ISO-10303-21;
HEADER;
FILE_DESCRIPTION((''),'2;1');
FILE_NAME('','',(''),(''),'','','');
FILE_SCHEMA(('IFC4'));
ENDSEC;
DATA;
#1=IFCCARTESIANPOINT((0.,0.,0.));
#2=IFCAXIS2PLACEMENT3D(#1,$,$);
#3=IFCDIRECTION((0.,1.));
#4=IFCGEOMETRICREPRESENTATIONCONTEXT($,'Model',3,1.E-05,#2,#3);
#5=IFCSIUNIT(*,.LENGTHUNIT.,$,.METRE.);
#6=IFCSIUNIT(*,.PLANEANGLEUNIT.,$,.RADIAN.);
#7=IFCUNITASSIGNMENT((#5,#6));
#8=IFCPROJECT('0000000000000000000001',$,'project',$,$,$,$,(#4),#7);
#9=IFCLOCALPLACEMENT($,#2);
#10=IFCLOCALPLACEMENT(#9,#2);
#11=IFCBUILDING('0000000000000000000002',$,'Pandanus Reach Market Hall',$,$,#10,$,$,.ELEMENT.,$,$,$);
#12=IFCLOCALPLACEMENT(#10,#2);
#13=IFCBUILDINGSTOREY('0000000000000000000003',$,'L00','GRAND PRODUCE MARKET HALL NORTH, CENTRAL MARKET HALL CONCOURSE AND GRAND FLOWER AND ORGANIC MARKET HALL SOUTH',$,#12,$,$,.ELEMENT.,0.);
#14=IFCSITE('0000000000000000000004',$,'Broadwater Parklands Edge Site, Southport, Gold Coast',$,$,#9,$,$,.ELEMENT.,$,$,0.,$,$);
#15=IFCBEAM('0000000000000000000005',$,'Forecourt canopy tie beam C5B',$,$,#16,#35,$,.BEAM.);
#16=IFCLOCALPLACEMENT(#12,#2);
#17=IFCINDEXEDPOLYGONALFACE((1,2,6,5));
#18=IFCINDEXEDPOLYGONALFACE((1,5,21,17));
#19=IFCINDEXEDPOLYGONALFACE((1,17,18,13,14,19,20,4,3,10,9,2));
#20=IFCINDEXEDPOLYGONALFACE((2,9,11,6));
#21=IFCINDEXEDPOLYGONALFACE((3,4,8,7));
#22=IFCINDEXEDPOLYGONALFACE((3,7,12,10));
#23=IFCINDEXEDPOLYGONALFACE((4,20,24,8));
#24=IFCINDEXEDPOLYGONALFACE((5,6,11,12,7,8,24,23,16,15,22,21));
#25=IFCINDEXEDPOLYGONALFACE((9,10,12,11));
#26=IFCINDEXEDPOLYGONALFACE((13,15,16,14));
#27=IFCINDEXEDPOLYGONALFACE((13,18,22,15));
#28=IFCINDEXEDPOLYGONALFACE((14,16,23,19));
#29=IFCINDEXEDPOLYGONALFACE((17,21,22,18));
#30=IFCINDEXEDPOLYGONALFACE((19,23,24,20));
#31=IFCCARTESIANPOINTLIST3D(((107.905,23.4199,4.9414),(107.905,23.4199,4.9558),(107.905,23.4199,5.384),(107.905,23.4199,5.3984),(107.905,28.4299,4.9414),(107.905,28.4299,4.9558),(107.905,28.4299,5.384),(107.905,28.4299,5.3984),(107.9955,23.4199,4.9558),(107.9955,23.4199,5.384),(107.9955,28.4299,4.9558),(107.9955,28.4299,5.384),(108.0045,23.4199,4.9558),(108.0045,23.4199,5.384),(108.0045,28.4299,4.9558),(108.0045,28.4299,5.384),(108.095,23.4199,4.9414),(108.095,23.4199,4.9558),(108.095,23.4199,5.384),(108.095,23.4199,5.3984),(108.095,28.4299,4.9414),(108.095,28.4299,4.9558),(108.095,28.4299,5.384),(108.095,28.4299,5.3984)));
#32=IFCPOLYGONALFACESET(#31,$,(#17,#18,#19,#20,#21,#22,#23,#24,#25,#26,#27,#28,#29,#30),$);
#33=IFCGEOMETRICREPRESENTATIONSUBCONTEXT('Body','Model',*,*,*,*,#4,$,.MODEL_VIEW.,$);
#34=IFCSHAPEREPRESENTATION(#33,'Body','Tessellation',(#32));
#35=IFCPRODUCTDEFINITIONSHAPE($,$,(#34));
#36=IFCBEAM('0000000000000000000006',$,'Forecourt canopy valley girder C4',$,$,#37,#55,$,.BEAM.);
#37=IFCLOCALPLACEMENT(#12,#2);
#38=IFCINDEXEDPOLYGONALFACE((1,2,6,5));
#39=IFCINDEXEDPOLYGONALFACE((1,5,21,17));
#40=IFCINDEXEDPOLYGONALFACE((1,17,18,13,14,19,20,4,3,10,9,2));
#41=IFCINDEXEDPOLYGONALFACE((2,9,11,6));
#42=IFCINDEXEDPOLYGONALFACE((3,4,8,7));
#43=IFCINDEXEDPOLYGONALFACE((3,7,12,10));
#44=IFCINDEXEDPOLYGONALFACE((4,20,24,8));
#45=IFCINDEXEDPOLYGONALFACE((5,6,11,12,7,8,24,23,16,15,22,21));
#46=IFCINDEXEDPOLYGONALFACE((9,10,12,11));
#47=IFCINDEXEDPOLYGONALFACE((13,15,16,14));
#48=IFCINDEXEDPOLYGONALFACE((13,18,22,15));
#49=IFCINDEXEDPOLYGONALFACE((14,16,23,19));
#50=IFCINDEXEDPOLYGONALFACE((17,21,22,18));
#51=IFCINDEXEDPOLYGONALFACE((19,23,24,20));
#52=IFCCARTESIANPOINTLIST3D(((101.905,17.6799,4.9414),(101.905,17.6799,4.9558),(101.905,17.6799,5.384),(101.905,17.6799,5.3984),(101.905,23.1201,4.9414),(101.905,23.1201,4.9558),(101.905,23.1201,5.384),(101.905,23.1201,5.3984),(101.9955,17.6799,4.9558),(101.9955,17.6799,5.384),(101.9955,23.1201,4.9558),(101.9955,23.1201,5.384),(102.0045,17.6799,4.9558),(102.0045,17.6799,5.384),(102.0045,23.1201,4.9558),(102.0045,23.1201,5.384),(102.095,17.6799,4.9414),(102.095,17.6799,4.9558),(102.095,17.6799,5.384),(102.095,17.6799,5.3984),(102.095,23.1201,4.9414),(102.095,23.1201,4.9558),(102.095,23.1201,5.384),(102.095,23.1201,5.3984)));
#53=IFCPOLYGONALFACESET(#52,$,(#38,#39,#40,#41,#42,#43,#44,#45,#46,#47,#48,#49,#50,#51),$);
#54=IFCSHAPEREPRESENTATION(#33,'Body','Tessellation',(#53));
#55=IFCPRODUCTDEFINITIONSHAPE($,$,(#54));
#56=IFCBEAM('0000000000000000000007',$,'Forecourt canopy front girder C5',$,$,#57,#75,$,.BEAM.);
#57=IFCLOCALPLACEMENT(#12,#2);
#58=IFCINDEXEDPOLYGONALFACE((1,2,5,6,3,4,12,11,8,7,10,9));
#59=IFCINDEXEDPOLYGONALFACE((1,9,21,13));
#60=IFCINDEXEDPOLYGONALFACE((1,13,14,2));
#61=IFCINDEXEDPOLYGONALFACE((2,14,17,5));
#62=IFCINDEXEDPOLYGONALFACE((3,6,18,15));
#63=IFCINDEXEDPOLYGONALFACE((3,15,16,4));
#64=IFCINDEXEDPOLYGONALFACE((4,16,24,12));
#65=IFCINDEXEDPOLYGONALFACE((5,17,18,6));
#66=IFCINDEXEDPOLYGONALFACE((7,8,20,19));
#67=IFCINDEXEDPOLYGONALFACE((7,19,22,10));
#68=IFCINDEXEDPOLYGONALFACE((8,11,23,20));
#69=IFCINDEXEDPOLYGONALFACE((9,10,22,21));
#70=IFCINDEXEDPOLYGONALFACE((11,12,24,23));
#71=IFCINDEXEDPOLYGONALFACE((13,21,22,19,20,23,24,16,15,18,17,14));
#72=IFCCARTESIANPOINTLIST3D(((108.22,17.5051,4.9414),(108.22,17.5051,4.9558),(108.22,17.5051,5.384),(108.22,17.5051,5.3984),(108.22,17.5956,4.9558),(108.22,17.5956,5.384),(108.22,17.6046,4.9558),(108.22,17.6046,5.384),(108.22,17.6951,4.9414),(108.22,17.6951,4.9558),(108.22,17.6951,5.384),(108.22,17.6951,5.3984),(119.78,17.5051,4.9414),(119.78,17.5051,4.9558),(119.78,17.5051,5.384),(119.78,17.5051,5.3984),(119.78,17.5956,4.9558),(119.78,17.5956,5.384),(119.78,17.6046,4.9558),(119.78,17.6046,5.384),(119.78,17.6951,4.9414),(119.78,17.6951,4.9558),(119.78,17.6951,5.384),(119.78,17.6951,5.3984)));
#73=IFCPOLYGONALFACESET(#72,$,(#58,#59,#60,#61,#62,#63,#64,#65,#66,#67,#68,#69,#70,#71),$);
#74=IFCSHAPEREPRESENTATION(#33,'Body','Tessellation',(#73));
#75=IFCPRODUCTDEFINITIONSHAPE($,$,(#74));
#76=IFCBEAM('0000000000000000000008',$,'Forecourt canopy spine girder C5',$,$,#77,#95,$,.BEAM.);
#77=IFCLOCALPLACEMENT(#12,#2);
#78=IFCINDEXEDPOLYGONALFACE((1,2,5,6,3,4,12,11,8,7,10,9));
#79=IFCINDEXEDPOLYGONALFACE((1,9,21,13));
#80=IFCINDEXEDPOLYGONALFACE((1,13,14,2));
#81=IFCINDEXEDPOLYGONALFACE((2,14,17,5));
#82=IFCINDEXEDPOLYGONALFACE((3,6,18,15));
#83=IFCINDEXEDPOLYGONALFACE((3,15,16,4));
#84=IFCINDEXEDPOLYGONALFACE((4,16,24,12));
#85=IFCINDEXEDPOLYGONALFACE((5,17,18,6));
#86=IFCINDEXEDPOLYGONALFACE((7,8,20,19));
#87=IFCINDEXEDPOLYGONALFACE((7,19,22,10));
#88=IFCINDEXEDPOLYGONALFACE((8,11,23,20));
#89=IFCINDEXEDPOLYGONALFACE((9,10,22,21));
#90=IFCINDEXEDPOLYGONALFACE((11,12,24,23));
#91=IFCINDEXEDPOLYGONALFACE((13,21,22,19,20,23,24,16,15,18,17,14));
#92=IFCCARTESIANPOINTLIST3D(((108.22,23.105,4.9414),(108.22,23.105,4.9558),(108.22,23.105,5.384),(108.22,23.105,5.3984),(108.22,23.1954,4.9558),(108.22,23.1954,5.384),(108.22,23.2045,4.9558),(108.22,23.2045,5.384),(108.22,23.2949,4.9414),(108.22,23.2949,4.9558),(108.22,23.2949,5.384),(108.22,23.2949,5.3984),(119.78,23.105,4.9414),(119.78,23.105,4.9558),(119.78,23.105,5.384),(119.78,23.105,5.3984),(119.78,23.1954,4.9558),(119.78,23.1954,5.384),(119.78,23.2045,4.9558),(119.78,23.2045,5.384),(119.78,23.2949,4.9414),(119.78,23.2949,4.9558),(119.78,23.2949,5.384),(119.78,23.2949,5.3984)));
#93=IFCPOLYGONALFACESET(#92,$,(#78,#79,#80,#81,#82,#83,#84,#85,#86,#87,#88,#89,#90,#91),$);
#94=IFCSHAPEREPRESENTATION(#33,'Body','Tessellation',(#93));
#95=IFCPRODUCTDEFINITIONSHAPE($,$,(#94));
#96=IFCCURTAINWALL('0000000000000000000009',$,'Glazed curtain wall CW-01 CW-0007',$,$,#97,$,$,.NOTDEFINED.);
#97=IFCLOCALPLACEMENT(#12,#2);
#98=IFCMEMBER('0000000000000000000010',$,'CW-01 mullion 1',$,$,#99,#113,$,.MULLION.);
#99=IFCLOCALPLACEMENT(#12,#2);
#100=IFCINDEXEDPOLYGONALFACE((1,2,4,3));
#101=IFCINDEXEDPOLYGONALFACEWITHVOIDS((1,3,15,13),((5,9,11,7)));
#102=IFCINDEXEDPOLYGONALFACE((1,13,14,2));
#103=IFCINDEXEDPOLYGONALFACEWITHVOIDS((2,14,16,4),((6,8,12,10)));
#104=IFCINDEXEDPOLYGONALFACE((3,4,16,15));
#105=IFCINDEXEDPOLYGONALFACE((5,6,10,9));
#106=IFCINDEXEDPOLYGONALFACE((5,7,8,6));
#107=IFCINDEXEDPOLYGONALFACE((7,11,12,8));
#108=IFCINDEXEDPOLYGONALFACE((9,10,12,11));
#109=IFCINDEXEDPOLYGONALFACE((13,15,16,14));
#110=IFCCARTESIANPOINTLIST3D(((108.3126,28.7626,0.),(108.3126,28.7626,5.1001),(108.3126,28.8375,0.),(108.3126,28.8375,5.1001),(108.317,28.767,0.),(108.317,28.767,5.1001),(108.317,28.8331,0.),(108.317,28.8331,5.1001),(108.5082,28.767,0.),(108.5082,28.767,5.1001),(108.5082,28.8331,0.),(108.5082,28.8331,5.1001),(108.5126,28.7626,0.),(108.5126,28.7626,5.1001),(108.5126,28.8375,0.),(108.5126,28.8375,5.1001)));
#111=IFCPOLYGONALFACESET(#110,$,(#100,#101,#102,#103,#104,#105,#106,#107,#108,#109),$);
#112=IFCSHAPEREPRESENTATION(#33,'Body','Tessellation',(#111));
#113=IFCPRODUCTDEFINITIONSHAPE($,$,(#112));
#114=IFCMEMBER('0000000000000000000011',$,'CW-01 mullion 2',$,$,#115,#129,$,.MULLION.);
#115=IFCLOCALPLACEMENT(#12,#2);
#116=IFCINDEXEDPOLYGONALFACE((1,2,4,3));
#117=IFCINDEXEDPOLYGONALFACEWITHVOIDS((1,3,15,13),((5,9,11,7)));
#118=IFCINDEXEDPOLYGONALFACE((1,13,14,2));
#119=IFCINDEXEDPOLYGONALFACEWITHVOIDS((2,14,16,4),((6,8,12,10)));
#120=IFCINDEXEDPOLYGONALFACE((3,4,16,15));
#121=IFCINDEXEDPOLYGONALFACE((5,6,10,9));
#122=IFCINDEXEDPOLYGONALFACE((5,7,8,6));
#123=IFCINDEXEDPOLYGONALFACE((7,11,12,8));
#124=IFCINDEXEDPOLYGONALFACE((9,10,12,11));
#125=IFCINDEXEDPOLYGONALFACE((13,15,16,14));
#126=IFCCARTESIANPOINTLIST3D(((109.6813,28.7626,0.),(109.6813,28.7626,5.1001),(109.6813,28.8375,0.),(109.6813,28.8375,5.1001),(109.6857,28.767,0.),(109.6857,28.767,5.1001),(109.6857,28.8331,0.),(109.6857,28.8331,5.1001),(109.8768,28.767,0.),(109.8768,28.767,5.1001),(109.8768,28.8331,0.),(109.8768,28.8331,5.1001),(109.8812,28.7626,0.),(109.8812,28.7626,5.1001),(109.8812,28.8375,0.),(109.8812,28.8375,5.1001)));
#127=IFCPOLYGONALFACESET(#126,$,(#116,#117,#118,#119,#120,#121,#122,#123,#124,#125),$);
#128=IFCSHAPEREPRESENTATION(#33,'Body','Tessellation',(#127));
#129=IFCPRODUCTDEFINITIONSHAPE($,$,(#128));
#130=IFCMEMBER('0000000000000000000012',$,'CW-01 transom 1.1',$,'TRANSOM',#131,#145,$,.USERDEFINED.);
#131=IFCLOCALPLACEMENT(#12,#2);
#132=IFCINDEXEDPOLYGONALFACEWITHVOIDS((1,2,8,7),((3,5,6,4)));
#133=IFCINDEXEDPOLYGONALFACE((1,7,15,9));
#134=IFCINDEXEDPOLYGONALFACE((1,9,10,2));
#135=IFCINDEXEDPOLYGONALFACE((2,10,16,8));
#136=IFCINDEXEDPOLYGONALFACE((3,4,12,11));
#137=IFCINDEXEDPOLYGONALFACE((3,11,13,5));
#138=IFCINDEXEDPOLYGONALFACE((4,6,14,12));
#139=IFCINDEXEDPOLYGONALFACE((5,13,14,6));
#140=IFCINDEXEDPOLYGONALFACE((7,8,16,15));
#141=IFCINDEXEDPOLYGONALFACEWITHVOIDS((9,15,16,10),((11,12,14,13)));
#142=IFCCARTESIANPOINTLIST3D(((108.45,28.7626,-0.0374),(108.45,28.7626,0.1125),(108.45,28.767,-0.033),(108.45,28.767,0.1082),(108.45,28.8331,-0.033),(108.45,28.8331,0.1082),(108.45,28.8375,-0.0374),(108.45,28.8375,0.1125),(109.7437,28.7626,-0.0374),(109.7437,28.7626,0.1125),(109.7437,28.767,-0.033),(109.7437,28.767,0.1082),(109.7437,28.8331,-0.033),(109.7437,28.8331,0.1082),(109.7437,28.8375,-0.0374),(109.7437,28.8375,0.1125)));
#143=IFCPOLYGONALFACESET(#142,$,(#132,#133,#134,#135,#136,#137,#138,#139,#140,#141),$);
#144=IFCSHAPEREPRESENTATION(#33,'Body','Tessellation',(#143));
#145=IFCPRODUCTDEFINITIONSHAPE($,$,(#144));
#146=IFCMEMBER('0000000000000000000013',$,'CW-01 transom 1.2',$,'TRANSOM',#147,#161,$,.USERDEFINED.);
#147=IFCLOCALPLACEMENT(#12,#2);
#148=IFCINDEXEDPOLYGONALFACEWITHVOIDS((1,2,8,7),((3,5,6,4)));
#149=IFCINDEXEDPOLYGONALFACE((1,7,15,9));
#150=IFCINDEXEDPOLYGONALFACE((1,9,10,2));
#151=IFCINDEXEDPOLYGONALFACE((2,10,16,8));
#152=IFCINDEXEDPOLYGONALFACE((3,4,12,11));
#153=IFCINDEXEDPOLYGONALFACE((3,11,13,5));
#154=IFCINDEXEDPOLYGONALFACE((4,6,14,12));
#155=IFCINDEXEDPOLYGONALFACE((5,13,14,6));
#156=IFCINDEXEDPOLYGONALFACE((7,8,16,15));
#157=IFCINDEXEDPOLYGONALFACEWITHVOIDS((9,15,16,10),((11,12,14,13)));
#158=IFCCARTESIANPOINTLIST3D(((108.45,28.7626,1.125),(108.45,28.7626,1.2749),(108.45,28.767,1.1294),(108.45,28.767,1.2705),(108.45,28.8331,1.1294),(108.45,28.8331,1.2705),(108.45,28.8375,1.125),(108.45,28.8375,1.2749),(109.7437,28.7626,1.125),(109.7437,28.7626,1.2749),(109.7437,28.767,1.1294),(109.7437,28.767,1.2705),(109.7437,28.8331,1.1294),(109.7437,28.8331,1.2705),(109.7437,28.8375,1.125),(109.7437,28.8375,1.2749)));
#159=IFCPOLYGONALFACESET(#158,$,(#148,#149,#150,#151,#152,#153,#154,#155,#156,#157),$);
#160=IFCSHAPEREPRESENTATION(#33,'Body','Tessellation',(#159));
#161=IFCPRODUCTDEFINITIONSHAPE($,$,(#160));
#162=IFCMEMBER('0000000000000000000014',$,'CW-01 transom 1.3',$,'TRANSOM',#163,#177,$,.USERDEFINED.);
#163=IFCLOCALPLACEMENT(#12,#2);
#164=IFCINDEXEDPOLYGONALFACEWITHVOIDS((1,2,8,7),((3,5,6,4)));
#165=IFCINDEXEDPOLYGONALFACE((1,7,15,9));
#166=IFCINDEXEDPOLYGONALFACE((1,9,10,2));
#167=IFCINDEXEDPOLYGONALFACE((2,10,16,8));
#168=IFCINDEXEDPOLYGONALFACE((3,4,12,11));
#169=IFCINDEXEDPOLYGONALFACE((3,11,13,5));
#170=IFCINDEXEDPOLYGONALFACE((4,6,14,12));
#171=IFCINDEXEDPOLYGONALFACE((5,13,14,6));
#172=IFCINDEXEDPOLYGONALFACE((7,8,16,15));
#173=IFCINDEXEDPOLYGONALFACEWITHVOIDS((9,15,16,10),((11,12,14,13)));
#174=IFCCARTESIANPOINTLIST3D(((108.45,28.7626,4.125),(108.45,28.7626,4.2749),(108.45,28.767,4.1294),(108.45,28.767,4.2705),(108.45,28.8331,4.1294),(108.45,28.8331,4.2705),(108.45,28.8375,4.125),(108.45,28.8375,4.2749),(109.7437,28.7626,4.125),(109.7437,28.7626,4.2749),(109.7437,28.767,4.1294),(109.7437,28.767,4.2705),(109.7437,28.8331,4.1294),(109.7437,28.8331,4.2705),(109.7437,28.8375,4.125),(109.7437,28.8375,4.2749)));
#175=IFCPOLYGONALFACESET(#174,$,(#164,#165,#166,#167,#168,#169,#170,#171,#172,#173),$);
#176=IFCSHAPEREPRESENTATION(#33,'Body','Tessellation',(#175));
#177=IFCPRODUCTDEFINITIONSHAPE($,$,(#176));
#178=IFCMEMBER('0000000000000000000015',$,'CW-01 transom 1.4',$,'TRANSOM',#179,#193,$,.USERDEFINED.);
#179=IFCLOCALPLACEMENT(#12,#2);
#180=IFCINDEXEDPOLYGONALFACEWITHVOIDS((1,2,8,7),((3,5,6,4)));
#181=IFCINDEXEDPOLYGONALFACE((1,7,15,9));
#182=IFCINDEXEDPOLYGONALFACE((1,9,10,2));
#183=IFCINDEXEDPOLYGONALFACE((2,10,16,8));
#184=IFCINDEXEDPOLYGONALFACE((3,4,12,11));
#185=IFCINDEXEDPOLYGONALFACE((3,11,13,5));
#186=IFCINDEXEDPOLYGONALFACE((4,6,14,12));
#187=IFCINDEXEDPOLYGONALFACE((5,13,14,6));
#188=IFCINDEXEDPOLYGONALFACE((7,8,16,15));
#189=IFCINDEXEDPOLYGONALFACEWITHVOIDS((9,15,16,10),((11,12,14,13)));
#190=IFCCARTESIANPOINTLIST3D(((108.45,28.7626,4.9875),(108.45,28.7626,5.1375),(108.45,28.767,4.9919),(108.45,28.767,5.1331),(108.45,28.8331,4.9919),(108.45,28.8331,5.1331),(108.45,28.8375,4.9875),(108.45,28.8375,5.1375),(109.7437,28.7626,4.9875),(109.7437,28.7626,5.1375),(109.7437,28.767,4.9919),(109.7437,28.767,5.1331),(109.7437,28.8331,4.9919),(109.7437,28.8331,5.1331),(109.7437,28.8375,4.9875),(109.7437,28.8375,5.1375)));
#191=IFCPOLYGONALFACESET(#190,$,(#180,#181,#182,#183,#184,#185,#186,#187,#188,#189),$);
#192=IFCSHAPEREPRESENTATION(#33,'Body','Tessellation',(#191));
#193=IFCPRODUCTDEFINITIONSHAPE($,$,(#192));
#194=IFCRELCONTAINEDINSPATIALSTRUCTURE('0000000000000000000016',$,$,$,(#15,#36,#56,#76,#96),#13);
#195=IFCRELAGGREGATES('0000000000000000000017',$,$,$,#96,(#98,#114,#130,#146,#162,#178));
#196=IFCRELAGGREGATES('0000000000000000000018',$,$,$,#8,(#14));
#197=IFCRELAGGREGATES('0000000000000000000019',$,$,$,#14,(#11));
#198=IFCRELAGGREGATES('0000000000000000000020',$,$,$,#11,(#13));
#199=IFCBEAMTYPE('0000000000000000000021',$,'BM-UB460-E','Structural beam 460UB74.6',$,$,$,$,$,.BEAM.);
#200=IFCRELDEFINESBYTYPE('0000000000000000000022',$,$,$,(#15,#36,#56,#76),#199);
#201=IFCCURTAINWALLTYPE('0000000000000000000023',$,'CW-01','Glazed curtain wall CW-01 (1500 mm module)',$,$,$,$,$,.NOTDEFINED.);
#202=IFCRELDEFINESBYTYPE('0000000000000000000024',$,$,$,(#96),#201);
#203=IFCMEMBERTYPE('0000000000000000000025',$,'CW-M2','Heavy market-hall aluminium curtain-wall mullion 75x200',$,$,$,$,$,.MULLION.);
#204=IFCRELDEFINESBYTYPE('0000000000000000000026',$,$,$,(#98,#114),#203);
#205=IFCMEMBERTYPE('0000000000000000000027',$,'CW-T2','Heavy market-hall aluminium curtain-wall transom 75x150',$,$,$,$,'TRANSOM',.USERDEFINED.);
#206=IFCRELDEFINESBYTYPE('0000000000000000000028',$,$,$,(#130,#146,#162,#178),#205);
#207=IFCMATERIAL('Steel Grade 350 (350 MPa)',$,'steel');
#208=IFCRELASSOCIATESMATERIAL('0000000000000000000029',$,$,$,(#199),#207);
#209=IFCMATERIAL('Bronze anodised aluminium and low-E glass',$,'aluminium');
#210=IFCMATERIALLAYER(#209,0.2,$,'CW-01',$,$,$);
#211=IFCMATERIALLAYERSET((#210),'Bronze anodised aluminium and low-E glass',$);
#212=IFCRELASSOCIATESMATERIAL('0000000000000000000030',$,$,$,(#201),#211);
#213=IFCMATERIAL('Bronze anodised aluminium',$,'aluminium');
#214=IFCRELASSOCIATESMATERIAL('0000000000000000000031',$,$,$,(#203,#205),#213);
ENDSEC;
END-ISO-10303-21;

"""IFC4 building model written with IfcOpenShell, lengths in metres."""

from ifc_helpers import new_model, si_unit, direction, frame, origin, origin_2d, place, context, subcontext, project, spatial, hollow_rectangle, i_section, extrude, material, layer, layer_set, material_profile, profile_set, type_object, element, aggregate, save


model = new_model("IFC4")

# Units and contexts
model_context = context("Model", 3, precision=1e-05, world=origin(), true_north=direction((0.0, 1.0)))
body_context = subcontext(model_context, "Body", "Model", "MODEL_VIEW")
ifc_project = project(units=[si_unit("LENGTHUNIT", "METRE"), si_unit("PLANEANGLEUNIT", "RADIAN")], contexts=[model_context])

# Site, building, storey
site_placement = place(None, origin())
site = spatial("IfcSite", under=ifc_project, at=site_placement, Name="Broadwater Parklands Edge Site, Southport, Gold Coast", CompositionType="ELEMENT", RefElevation=0.0)
building_placement = place(site_placement, origin())
building = spatial("IfcBuilding", under=site, at=building_placement, Name="Pandanus Reach Market Hall", CompositionType="ELEMENT")
storey_placement = place(building_placement, origin())
storey = spatial("IfcBuildingStorey", under=building, at=storey_placement, Name="L00", Description="GRAND PRODUCE MARKET HALL NORTH, CENTRAL MARKET HALL CONCOURSE AND GRAND FLOWER AND ORGANIC MARKET HALL SOUTH", CompositionType="ELEMENT", Elevation=0.0)

# Beams
ifc_material_1 = material(Name="Steel Grade 350 (350 MPa)", Category="steel")
ifc_material_profile_1 = material_profile(ifc_material_1, i_section(OverallWidth=0.1899, OverallDepth=0.457, WebThickness=0.009, FlangeThickness=0.0144, at=origin_2d()), Name="460UB74.6", Category="LoadBearing")
ifc_profile_set_1 = profile_set([ifc_material_profile_1], Name="Steel Grade 350 (350 MPa)")
beam_type_1 = type_object("IfcBeamType", Name="BM-UB460-E", Description="Structural beam 460UB74.6", PredefinedType="BEAM", material=ifc_profile_set_1)
beam_1_placement = place(storey_placement, frame((108.0, 23.4199, 5.1699), z_axis=(0.0, 1.0, 0.0), x_axis=(-1.0, 0.0, 0.0)))
element("IfcBeam", 1, at=beam_1_placement, inside=storey, type_object=beam_type_1, Name="Forecourt canopy tie beam C5B", PredefinedType="BEAM", context=body_context, shape_type="SweptSolid", body=[
    extrude(i_section(OverallWidth=0.1899, OverallDepth=0.457, WebThickness=0.009, FlangeThickness=0.0144, at=origin_2d()), origin(), (0.0, 0.0, 1.0), 5.01),
])
beam_2_placement = place(storey_placement, frame((102.0, 17.6799, 5.1699), z_axis=(0.0, 1.0, 0.0), x_axis=(-1.0, 0.0, 0.0)))
element("IfcBeam", 2, at=beam_2_placement, inside=storey, type_object=beam_type_1, Name="Forecourt canopy valley girder C4", PredefinedType="BEAM", context=body_context, shape_type="SweptSolid", body=[
    extrude(i_section(OverallWidth=0.1899, OverallDepth=0.457, WebThickness=0.009, FlangeThickness=0.0144, at=origin_2d()), origin(), (0.0, 0.0, 1.0), 5.4402),
])
for number, where, z_axis, x_axis, name in (
    (3, (108.22, 17.6001, 5.1699), (1.0, 0.0, 0.0), (0.0, 1.0, 0.0), "Forecourt canopy front girder C5"),
    (4, (108.22, 23.2, 5.1699), (1.0, 0.0, 0.0), (0.0, 1.0, 0.0), "Forecourt canopy spine girder C5"),
):
    element("IfcBeam", number, at=place(storey_placement, frame(where, z_axis=z_axis, x_axis=x_axis)), inside=storey, type_object=beam_type_1, Name=name, PredefinedType="BEAM", context=body_context, shape_type="SweptSolid", body=[
        extrude(i_section(OverallWidth=0.1899, OverallDepth=0.457, WebThickness=0.009, FlangeThickness=0.0144, at=origin_2d()), origin(), (0.0, 0.0, 1.0), 11.5601),
    ])

# Curtain wall, members
ifc_material_2 = material(Name="Bronze anodised aluminium and low-E glass", Category="aluminium")
ifc_layer_1 = layer(ifc_material_2, 0.2, Name="CW-01")
ifc_layer_set_1 = layer_set([ifc_layer_1], Name="Bronze anodised aluminium and low-E glass")
curtain_wall_type = type_object("IfcCurtainWallType", Name="CW-01", Description="Glazed curtain wall CW-01 (1500 mm module)", PredefinedType="NOTDEFINED", material=ifc_layer_set_1)
curtain_wall_placement = place(storey_placement, origin())
curtain_wall = element("IfcCurtainWall", 5, at=curtain_wall_placement, inside=storey, type_object=curtain_wall_type, Name="Glazed curtain wall CW-01 CW-0007", PredefinedType="NOTDEFINED")
ifc_material_3 = material(Name="Bronze anodised aluminium", Category="aluminium")
ifc_material_profile_2 = material_profile(ifc_material_3, hollow_rectangle(XDim=0.075, YDim=0.2, WallThickness=0.0044, at=origin_2d()), Name="ALU75x200", Category="LoadBearing")
ifc_profile_set_2 = profile_set([ifc_material_profile_2], Name="Bronze anodised aluminium")
member_type_1 = type_object("IfcMemberType", Name="CW-M2", Description="Heavy market-hall aluminium curtain-wall mullion 75x200", PredefinedType="MULLION", material=ifc_profile_set_2)
member_1_placement = place(storey_placement, frame((108.4126, 28.8, 0.0), z_axis=(0.0, 0.0, 1.0), x_axis=(0.0, 1.0, 0.0)))
member_1 = element("IfcMember", 6, at=member_1_placement, type_object=member_type_1, Name="CW-01 mullion 1", PredefinedType="MULLION", context=body_context, shape_type="SweptSolid", body=[
    extrude(hollow_rectangle(XDim=0.075, YDim=0.2, WallThickness=0.0044, at=origin_2d()), origin(), (0.0, 0.0, 1.0), 5.1001),
])
member_2_placement = place(storey_placement, frame((109.7812, 28.8, 0.0), z_axis=(0.0, 0.0, 1.0), x_axis=(0.0, 1.0, 0.0)))
member_2 = element("IfcMember", 7, at=member_2_placement, type_object=member_type_1, Name="CW-01 mullion 2", PredefinedType="MULLION", context=body_context, shape_type="SweptSolid", body=[
    extrude(hollow_rectangle(XDim=0.075, YDim=0.2, WallThickness=0.0044, at=origin_2d()), origin(), (0.0, 0.0, 1.0), 5.1001),
])
ifc_material_profile_3 = material_profile(ifc_material_3, hollow_rectangle(XDim=0.075, YDim=0.1499, WallThickness=0.0044, at=origin_2d()), Name="ALU75x150", Category="LoadBearing")
ifc_profile_set_3 = profile_set([ifc_material_profile_3], Name="Bronze anodised aluminium")
member_type_2 = type_object("IfcMemberType", Name="CW-T2", Description="Heavy market-hall aluminium curtain-wall transom 75x150", ElementType="TRANSOM", PredefinedType="USERDEFINED", material=ifc_profile_set_3)
member_3_placement = place(storey_placement, frame((108.45, 28.8, 0.0376), z_axis=(1.0, 0.0, 0.0), x_axis=(0.0, 1.0, 0.0)))
member_3 = element("IfcMember", 8, at=member_3_placement, type_object=member_type_2, Name="CW-01 transom 1.1", ObjectType="TRANSOM", PredefinedType="USERDEFINED", context=body_context, shape_type="SweptSolid", body=[
    extrude(hollow_rectangle(XDim=0.075, YDim=0.1499, WallThickness=0.0044, at=origin_2d()), origin(), (0.0, 0.0, 1.0), 1.2937),
])
member_4_placement = place(storey_placement, frame((108.45, 28.8, 1.2), z_axis=(1.0, 0.0, 0.0), x_axis=(0.0, 1.0, 0.0)))
member_4 = element("IfcMember", 9, at=member_4_placement, type_object=member_type_2, Name="CW-01 transom 1.2", ObjectType="TRANSOM", PredefinedType="USERDEFINED", context=body_context, shape_type="SweptSolid", body=[
    extrude(hollow_rectangle(XDim=0.075, YDim=0.1499, WallThickness=0.0044, at=origin_2d()), origin(), (0.0, 0.0, 1.0), 1.2937),
])
member_5_placement = place(storey_placement, frame((108.45, 28.8, 4.2), z_axis=(1.0, 0.0, 0.0), x_axis=(0.0, 1.0, 0.0)))
member_5 = element("IfcMember", 10, at=member_5_placement, type_object=member_type_2, Name="CW-01 transom 1.3", ObjectType="TRANSOM", PredefinedType="USERDEFINED", context=body_context, shape_type="SweptSolid", body=[
    extrude(hollow_rectangle(XDim=0.075, YDim=0.1499, WallThickness=0.0044, at=origin_2d()), origin(), (0.0, 0.0, 1.0), 1.2937),
])
member_6_placement = place(storey_placement, frame((108.45, 28.8, 5.0625), z_axis=(1.0, 0.0, 0.0), x_axis=(0.0, 1.0, 0.0)))
member_6 = element("IfcMember", 11, at=member_6_placement, type_object=member_type_2, Name="CW-01 transom 1.4", ObjectType="TRANSOM", PredefinedType="USERDEFINED", context=body_context, shape_type="SweptSolid", body=[
    extrude(hollow_rectangle(XDim=0.075, YDim=0.1499, WallThickness=0.0044, at=origin_2d()), origin(), (0.0, 0.0, 1.0), 1.2937),
])

aggregate(curtain_wall, [member_1, member_2, member_3, member_4, member_5, member_6])

save(model, "model.ifc")
